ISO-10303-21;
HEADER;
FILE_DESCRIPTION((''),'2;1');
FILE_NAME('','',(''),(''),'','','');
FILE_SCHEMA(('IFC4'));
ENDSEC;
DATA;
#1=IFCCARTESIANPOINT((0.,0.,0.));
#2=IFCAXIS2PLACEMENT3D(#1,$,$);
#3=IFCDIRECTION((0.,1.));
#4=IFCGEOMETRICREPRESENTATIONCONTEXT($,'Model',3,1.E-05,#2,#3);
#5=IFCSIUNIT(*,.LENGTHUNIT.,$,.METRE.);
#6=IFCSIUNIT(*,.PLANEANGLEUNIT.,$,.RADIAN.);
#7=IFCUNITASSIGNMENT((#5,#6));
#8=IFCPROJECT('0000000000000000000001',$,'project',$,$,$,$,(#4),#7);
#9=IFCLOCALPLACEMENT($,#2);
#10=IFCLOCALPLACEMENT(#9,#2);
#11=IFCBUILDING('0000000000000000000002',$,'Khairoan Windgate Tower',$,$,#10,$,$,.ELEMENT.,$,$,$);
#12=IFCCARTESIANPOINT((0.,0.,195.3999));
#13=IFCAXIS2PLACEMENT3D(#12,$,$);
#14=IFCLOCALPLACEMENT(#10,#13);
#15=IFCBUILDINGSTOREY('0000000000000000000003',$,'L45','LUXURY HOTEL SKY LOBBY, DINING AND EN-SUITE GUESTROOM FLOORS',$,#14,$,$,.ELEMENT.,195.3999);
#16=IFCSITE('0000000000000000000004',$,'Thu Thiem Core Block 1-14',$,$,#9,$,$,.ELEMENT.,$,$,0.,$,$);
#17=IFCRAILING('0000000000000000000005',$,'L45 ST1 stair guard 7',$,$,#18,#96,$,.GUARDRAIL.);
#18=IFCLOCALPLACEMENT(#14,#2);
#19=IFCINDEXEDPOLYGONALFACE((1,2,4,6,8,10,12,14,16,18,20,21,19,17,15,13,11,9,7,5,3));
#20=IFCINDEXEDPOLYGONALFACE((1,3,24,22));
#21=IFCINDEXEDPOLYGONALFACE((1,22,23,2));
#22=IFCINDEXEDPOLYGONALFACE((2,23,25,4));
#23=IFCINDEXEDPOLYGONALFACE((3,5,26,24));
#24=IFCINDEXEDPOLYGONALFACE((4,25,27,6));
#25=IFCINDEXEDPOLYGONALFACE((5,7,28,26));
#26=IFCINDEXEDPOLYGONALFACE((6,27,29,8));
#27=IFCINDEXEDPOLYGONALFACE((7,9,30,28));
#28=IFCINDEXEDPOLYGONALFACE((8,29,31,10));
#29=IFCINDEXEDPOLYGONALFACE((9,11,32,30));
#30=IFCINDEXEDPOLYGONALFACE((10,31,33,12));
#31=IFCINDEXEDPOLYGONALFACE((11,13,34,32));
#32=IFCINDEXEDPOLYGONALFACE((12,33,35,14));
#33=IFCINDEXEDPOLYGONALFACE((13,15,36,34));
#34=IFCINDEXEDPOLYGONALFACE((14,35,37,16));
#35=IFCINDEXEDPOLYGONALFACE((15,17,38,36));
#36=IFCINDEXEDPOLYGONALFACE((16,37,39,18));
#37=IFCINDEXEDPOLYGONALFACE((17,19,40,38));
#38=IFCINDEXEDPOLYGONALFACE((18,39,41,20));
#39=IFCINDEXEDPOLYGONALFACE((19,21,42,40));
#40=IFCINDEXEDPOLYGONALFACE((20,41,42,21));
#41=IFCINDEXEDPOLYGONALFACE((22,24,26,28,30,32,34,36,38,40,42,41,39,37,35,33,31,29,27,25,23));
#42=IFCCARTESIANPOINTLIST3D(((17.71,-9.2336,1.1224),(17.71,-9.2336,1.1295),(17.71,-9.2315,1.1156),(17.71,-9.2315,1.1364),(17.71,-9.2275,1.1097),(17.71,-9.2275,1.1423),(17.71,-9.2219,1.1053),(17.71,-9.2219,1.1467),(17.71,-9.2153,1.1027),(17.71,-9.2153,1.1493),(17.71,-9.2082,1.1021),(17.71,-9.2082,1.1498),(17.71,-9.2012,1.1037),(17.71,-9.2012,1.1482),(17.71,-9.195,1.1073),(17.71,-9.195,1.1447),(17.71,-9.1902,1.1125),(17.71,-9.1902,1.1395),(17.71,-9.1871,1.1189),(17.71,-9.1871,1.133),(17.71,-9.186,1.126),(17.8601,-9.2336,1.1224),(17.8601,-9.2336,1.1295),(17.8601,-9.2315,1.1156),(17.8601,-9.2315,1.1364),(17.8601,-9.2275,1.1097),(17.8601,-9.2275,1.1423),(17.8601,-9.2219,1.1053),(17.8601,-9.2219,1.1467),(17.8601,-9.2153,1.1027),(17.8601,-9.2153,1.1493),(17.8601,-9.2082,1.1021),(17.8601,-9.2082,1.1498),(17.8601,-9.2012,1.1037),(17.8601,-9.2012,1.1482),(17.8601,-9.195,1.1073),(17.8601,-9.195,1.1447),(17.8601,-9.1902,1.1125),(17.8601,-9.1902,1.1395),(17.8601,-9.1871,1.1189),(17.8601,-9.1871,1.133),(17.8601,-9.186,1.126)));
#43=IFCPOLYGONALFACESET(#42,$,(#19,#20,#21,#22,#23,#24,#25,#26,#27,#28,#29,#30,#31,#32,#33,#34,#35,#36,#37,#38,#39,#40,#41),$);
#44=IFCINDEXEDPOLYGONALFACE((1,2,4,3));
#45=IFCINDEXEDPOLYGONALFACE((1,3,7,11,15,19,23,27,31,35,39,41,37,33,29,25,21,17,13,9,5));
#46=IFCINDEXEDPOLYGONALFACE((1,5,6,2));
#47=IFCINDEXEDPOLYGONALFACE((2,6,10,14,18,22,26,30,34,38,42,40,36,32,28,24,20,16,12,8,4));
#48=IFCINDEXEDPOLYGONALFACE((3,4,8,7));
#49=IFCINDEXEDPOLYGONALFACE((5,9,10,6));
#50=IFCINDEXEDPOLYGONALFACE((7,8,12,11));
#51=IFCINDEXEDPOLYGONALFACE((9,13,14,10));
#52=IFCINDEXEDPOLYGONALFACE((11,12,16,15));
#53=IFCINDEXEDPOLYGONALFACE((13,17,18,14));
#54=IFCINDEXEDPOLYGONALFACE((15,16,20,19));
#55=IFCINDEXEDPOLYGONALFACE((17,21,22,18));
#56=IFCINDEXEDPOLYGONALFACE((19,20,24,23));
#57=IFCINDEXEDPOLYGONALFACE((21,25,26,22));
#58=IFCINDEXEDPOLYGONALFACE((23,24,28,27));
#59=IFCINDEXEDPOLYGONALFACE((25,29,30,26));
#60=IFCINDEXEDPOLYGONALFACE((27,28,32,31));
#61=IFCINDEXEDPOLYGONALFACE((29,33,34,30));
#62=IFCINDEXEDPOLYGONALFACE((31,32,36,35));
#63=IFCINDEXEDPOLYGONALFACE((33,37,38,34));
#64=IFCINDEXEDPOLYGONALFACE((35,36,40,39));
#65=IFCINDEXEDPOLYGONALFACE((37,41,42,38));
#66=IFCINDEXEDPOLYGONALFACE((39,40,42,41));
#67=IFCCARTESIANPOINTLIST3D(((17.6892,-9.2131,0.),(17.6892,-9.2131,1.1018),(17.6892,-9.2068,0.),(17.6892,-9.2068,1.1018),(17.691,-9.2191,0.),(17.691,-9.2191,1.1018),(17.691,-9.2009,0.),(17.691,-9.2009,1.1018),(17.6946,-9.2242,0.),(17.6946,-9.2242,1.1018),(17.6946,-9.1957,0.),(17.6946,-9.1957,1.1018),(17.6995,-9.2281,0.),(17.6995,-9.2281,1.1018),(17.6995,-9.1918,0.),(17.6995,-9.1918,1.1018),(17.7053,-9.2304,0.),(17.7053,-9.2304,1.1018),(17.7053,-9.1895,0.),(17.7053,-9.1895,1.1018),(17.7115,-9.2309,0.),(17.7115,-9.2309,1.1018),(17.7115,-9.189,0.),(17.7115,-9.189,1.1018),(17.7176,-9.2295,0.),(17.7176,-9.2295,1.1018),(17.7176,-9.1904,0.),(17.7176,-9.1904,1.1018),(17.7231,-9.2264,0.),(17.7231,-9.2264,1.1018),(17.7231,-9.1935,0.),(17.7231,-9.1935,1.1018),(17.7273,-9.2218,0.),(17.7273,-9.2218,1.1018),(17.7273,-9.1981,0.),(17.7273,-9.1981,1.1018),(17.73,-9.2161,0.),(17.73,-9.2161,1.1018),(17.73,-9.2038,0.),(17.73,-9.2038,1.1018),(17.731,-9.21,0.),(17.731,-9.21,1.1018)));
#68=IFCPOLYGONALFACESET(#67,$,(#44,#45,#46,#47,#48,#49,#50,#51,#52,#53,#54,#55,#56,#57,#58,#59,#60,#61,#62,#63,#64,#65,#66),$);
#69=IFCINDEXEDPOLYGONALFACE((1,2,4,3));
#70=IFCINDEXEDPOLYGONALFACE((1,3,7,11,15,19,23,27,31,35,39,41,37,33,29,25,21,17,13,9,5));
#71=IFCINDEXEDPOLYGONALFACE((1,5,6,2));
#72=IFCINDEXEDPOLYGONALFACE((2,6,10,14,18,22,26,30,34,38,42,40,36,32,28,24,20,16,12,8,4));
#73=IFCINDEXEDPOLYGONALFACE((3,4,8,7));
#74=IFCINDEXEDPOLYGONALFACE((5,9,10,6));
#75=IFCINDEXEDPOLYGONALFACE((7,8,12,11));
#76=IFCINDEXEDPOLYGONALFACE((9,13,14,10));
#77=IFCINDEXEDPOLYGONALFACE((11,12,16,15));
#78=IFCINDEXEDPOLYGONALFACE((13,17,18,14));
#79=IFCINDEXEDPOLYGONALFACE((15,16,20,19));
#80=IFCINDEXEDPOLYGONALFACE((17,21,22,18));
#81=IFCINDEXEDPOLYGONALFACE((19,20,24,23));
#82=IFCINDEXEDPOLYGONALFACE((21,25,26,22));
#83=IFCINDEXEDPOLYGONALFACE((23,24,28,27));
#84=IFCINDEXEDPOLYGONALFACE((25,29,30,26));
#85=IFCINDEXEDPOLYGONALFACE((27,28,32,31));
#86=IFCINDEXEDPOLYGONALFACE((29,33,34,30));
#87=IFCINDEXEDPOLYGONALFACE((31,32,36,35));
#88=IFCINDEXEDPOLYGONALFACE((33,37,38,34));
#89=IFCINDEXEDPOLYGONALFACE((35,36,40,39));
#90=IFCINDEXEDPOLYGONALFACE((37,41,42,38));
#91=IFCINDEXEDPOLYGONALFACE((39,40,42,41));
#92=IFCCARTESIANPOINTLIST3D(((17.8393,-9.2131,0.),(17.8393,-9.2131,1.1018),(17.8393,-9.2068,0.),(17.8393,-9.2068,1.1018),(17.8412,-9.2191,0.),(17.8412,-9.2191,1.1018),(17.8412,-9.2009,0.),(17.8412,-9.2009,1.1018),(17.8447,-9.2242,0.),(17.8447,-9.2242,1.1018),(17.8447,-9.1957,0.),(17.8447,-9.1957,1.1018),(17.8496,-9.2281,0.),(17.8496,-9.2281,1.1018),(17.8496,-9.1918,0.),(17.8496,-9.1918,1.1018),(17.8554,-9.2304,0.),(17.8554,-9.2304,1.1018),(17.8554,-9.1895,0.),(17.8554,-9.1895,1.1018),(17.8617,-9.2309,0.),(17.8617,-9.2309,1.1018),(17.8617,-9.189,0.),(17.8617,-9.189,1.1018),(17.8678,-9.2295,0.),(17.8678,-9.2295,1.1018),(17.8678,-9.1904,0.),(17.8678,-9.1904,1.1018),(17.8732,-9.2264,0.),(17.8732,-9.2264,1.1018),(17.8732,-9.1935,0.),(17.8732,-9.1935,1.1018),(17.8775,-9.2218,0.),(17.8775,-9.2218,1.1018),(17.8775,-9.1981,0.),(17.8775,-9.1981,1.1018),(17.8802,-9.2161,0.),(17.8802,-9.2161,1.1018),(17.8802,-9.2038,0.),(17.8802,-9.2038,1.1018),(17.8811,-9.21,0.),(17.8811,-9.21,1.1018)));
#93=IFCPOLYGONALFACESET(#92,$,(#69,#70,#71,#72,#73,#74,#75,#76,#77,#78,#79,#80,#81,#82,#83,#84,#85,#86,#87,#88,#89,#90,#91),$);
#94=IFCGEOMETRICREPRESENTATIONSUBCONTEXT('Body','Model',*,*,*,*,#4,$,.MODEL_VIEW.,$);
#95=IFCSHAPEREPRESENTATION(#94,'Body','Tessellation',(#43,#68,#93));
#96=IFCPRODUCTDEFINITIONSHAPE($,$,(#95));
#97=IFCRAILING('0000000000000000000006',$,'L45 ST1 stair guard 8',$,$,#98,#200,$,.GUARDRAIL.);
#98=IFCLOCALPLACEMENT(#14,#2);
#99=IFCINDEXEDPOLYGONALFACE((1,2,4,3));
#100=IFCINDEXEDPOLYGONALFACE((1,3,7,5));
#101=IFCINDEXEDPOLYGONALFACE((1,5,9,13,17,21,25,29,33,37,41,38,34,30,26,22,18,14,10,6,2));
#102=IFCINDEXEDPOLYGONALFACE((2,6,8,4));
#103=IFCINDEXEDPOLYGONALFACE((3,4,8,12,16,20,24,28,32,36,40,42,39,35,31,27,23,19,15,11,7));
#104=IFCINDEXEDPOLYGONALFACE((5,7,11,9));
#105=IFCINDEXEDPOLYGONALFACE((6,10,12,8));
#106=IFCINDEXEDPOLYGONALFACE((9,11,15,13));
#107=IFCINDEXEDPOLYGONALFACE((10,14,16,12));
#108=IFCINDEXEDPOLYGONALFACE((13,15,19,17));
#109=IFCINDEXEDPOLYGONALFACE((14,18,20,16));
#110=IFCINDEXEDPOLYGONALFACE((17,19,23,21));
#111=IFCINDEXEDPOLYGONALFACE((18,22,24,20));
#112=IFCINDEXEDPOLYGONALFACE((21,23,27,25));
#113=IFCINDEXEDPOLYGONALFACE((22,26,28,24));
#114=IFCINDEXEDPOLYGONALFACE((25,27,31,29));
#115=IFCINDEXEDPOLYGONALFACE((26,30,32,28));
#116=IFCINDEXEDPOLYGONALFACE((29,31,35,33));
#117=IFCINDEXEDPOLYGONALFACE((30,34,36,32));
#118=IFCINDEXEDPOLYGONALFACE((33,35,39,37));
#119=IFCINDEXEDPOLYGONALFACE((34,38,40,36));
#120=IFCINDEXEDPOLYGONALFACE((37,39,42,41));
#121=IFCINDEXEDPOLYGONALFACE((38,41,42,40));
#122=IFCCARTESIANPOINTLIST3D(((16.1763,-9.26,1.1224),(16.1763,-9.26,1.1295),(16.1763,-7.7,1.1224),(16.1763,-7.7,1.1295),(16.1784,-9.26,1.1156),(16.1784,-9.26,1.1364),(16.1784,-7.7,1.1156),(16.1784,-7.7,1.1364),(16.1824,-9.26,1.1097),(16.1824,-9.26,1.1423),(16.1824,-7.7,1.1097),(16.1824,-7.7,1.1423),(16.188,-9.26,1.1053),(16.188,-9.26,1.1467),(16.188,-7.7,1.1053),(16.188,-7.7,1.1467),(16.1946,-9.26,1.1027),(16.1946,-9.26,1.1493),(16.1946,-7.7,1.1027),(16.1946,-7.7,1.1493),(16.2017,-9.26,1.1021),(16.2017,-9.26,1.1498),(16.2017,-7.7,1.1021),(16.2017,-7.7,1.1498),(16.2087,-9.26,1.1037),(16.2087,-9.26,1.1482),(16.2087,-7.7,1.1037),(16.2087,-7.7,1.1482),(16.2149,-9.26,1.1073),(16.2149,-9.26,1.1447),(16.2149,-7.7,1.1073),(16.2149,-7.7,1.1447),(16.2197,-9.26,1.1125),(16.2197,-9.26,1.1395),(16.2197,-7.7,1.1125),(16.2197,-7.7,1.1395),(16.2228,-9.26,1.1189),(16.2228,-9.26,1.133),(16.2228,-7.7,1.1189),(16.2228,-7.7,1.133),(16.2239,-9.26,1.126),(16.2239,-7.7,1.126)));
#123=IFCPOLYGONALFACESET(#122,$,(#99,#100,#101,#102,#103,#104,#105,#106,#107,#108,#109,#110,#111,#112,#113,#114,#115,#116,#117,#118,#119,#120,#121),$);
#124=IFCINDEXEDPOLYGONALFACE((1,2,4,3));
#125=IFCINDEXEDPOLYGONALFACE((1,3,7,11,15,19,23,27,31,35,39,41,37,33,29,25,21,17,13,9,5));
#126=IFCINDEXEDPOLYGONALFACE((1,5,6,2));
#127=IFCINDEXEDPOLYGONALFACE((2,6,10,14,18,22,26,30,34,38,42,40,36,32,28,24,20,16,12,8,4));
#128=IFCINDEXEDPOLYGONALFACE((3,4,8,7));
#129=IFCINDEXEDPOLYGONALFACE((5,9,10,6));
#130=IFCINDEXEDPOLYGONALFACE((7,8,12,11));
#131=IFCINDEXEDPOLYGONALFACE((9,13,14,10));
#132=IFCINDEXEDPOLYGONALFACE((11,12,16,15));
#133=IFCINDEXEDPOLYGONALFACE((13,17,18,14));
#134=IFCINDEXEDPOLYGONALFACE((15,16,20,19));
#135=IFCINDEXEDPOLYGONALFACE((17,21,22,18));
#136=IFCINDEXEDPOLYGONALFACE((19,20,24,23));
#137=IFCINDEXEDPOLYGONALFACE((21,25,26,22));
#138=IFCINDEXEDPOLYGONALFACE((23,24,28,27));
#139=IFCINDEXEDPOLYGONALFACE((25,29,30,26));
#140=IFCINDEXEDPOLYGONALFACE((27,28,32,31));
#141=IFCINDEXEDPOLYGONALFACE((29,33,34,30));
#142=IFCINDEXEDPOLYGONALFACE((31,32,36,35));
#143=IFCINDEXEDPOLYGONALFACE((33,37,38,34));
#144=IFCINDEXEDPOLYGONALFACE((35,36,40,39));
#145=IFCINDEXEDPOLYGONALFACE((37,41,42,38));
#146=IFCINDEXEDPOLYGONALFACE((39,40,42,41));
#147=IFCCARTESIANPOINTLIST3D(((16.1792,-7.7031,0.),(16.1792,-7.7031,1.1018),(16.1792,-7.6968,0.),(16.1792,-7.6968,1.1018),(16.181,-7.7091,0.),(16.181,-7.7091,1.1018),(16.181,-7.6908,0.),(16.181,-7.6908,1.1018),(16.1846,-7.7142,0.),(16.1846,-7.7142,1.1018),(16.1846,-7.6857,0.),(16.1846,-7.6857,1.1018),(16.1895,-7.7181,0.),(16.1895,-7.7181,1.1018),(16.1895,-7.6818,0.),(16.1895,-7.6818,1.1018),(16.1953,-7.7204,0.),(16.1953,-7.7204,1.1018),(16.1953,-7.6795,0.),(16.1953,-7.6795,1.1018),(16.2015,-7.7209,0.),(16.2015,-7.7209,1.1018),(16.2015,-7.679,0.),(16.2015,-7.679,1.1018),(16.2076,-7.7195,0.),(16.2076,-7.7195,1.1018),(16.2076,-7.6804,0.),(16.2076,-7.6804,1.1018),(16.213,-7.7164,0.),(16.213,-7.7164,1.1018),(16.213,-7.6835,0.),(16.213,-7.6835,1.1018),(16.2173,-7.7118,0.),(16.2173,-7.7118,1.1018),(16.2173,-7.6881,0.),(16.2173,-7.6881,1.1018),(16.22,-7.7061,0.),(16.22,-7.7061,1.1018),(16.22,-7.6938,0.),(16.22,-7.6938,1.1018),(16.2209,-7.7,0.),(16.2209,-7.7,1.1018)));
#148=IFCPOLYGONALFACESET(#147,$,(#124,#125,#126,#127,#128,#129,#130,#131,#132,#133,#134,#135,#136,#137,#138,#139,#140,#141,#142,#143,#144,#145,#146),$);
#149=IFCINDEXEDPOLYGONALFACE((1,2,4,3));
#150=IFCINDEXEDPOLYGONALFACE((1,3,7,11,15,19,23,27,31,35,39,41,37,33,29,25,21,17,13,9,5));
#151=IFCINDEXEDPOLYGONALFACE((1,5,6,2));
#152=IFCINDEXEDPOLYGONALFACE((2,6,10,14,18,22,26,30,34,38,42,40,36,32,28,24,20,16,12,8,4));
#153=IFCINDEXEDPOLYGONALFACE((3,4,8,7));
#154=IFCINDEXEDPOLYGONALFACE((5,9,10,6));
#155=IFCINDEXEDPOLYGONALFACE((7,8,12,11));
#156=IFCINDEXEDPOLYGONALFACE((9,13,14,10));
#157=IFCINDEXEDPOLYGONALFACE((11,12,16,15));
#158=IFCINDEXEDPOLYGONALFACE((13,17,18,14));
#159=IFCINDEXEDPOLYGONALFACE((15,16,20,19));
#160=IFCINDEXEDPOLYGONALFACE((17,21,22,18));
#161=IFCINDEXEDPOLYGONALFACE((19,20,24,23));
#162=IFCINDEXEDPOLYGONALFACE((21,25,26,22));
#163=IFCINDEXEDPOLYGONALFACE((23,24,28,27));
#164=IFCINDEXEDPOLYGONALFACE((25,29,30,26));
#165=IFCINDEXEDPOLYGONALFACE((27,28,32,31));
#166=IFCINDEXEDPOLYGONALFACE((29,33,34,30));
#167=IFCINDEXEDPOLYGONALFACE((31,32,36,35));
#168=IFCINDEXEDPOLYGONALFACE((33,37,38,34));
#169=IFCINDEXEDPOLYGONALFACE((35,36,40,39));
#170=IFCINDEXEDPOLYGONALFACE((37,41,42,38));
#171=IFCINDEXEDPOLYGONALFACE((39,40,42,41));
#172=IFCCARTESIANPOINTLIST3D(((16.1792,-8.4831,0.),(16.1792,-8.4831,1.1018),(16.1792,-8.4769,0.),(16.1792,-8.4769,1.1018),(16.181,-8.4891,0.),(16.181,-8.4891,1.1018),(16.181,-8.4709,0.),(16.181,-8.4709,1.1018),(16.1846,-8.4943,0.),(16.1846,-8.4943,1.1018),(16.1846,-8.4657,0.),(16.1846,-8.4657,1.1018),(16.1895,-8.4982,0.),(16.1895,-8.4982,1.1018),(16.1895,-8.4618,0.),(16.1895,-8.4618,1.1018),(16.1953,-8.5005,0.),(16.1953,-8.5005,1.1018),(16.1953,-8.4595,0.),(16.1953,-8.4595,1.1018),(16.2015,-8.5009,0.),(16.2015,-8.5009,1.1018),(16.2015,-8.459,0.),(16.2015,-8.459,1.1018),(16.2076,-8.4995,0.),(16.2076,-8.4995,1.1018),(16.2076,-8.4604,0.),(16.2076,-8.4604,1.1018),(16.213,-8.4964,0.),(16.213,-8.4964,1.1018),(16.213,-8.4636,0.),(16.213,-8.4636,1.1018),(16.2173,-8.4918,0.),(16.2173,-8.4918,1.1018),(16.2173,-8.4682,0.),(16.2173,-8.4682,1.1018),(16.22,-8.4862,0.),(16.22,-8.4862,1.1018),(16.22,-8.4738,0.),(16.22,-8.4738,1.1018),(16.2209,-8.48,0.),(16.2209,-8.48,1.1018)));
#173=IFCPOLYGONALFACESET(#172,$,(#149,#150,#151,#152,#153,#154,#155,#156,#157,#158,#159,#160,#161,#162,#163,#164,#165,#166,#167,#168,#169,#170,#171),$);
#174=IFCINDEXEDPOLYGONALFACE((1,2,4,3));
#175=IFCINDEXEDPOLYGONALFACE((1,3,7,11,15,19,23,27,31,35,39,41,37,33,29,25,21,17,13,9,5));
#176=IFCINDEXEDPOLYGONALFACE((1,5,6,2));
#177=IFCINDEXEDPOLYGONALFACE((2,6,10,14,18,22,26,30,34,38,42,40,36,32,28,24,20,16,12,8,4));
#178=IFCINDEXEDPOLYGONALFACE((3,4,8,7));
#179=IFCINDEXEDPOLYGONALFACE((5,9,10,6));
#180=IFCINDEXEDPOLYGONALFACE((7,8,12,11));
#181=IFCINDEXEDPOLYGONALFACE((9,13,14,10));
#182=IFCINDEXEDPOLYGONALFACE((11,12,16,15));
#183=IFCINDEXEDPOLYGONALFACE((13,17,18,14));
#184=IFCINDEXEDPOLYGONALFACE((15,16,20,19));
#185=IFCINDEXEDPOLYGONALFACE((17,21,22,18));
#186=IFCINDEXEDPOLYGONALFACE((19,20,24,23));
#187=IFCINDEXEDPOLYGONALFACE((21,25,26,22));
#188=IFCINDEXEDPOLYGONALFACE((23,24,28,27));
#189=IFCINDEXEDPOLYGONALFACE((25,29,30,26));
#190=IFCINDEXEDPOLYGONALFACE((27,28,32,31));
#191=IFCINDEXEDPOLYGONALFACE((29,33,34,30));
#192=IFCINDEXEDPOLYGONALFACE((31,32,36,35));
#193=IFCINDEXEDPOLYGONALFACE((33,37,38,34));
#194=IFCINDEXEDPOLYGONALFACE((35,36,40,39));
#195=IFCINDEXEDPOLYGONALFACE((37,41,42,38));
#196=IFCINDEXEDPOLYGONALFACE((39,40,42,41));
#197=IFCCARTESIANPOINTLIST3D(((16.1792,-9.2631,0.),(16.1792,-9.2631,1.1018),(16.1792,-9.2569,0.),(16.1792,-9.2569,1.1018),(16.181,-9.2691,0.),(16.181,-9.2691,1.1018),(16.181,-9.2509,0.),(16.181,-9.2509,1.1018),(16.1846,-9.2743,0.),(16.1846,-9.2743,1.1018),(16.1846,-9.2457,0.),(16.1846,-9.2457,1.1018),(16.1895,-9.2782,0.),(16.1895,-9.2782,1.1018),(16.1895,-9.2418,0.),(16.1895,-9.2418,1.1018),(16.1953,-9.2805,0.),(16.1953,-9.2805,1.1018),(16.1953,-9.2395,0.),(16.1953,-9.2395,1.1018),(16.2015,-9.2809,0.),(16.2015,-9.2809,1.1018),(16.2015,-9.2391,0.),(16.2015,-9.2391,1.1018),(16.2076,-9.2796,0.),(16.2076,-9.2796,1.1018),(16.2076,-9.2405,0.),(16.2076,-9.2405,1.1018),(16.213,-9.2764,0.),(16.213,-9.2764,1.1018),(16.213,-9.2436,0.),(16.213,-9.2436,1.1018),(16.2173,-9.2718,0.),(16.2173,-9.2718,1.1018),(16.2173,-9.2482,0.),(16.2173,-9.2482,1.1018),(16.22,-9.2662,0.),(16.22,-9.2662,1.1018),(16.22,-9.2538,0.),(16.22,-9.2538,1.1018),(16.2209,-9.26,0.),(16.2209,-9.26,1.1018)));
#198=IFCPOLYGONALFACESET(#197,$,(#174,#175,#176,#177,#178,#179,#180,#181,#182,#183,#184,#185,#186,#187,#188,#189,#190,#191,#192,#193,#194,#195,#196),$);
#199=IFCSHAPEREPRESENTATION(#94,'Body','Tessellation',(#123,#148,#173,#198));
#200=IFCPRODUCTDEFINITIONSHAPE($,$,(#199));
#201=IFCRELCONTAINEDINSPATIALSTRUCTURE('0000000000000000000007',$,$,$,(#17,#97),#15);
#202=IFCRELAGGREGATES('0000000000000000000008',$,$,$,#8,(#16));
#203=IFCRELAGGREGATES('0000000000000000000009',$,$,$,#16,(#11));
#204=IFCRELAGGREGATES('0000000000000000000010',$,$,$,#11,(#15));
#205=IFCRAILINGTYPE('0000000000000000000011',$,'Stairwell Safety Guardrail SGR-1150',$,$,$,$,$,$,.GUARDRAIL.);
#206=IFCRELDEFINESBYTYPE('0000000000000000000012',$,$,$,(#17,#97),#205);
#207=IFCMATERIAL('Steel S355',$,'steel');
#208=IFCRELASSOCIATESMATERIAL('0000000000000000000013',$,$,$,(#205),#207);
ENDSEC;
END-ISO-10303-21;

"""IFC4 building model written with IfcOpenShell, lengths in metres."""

from ifc_helpers import new_model, si_unit, direction, frame, origin, origin_2d, place, context, subcontext, project, spatial, circle, extrude, material, type_object, element, save


model = new_model("IFC4")

# Units and contexts
model_context = context("Model", 3, precision=1e-05, world=origin(), true_north=direction((0.0, 1.0)))
body_context = subcontext(model_context, "Body", "Model", "MODEL_VIEW")
ifc_project = project(units=[si_unit("LENGTHUNIT", "METRE"), si_unit("PLANEANGLEUNIT", "RADIAN")], contexts=[model_context])

# Site, building, storey
site_placement = place(None, origin())
site = spatial("IfcSite", under=ifc_project, at=site_placement, Name="Thu Thiem Core Block 1-14", CompositionType="ELEMENT", RefElevation=0.0)
building_placement = place(site_placement, origin())
building = spatial("IfcBuilding", under=site, at=building_placement, Name="Khairoan Windgate Tower", CompositionType="ELEMENT")
storey_placement = place(building_placement, frame((0.0, 0.0, 195.3999)))
storey = spatial("IfcBuildingStorey", under=building, at=storey_placement, Name="L45", Description="LUXURY HOTEL SKY LOBBY, DINING AND EN-SUITE GUESTROOM FLOORS", CompositionType="ELEMENT", Elevation=195.3999)

# Railings
ifc_material_1 = material(Name="Steel S355", Category="steel")
railing_type_1 = type_object("IfcRailingType", Name="Stairwell Safety Guardrail SGR-1150", PredefinedType="GUARDRAIL", material=ifc_material_1)
railing_1_placement = place(storey_placement, frame((17.71, -9.21, 0.0)))
element("IfcRailing", 1, at=railing_1_placement, inside=storey, type_object=railing_type_1, Name="L45 ST1 stair guard 7", PredefinedType="GUARDRAIL", context=body_context, shape_type="SweptSolid", body=[
    extrude(circle(Radius=0.0239, at=origin_2d()), frame((0.0, 0.0, 1.126), z_axis=(1.0, 0.0, 0.0), x_axis=(0.0, 1.0, 0.0)), (0.0, 0.0, 1.0), 0.1501),
    extrude(circle(Radius=0.021, at=origin_2d()), origin(), (0.0, 0.0, 1.0), 1.1018),
    extrude(circle(Radius=0.021, at=origin_2d()), frame((0.1501, 0.0, 0.0)), (0.0, 0.0, 1.0), 1.1018),
])
for number, where, name in (
    (2, (16.2, -7.7, 0.0), "L45 ST1 stair guard 8"),
):
    element("IfcRailing", number, at=place(storey_placement, frame(where)), inside=storey, type_object=railing_type_1, Name=name, PredefinedType="GUARDRAIL", context=body_context, shape_type="SweptSolid", body=[
        extrude(circle(Radius=0.0239, at=origin_2d()), frame((0.0, 0.0, 1.126), z_axis=(0.0, -1.0, 0.0), x_axis=(1.0, 0.0, 0.0)), (0.0, 0.0, 1.0), 1.5601),
        extrude(circle(Radius=0.021, at=origin_2d()), origin(), (0.0, 0.0, 1.0), 1.1018),
        extrude(circle(Radius=0.021, at=origin_2d()), frame((0.0, -0.78, 0.0)), (0.0, 0.0, 1.0), 1.1018),
        extrude(circle(Radius=0.021, at=origin_2d()), frame((0.0, -1.5601, 0.0)), (0.0, 0.0, 1.0), 1.1018),
    ])

save(model, "model.ifc")
